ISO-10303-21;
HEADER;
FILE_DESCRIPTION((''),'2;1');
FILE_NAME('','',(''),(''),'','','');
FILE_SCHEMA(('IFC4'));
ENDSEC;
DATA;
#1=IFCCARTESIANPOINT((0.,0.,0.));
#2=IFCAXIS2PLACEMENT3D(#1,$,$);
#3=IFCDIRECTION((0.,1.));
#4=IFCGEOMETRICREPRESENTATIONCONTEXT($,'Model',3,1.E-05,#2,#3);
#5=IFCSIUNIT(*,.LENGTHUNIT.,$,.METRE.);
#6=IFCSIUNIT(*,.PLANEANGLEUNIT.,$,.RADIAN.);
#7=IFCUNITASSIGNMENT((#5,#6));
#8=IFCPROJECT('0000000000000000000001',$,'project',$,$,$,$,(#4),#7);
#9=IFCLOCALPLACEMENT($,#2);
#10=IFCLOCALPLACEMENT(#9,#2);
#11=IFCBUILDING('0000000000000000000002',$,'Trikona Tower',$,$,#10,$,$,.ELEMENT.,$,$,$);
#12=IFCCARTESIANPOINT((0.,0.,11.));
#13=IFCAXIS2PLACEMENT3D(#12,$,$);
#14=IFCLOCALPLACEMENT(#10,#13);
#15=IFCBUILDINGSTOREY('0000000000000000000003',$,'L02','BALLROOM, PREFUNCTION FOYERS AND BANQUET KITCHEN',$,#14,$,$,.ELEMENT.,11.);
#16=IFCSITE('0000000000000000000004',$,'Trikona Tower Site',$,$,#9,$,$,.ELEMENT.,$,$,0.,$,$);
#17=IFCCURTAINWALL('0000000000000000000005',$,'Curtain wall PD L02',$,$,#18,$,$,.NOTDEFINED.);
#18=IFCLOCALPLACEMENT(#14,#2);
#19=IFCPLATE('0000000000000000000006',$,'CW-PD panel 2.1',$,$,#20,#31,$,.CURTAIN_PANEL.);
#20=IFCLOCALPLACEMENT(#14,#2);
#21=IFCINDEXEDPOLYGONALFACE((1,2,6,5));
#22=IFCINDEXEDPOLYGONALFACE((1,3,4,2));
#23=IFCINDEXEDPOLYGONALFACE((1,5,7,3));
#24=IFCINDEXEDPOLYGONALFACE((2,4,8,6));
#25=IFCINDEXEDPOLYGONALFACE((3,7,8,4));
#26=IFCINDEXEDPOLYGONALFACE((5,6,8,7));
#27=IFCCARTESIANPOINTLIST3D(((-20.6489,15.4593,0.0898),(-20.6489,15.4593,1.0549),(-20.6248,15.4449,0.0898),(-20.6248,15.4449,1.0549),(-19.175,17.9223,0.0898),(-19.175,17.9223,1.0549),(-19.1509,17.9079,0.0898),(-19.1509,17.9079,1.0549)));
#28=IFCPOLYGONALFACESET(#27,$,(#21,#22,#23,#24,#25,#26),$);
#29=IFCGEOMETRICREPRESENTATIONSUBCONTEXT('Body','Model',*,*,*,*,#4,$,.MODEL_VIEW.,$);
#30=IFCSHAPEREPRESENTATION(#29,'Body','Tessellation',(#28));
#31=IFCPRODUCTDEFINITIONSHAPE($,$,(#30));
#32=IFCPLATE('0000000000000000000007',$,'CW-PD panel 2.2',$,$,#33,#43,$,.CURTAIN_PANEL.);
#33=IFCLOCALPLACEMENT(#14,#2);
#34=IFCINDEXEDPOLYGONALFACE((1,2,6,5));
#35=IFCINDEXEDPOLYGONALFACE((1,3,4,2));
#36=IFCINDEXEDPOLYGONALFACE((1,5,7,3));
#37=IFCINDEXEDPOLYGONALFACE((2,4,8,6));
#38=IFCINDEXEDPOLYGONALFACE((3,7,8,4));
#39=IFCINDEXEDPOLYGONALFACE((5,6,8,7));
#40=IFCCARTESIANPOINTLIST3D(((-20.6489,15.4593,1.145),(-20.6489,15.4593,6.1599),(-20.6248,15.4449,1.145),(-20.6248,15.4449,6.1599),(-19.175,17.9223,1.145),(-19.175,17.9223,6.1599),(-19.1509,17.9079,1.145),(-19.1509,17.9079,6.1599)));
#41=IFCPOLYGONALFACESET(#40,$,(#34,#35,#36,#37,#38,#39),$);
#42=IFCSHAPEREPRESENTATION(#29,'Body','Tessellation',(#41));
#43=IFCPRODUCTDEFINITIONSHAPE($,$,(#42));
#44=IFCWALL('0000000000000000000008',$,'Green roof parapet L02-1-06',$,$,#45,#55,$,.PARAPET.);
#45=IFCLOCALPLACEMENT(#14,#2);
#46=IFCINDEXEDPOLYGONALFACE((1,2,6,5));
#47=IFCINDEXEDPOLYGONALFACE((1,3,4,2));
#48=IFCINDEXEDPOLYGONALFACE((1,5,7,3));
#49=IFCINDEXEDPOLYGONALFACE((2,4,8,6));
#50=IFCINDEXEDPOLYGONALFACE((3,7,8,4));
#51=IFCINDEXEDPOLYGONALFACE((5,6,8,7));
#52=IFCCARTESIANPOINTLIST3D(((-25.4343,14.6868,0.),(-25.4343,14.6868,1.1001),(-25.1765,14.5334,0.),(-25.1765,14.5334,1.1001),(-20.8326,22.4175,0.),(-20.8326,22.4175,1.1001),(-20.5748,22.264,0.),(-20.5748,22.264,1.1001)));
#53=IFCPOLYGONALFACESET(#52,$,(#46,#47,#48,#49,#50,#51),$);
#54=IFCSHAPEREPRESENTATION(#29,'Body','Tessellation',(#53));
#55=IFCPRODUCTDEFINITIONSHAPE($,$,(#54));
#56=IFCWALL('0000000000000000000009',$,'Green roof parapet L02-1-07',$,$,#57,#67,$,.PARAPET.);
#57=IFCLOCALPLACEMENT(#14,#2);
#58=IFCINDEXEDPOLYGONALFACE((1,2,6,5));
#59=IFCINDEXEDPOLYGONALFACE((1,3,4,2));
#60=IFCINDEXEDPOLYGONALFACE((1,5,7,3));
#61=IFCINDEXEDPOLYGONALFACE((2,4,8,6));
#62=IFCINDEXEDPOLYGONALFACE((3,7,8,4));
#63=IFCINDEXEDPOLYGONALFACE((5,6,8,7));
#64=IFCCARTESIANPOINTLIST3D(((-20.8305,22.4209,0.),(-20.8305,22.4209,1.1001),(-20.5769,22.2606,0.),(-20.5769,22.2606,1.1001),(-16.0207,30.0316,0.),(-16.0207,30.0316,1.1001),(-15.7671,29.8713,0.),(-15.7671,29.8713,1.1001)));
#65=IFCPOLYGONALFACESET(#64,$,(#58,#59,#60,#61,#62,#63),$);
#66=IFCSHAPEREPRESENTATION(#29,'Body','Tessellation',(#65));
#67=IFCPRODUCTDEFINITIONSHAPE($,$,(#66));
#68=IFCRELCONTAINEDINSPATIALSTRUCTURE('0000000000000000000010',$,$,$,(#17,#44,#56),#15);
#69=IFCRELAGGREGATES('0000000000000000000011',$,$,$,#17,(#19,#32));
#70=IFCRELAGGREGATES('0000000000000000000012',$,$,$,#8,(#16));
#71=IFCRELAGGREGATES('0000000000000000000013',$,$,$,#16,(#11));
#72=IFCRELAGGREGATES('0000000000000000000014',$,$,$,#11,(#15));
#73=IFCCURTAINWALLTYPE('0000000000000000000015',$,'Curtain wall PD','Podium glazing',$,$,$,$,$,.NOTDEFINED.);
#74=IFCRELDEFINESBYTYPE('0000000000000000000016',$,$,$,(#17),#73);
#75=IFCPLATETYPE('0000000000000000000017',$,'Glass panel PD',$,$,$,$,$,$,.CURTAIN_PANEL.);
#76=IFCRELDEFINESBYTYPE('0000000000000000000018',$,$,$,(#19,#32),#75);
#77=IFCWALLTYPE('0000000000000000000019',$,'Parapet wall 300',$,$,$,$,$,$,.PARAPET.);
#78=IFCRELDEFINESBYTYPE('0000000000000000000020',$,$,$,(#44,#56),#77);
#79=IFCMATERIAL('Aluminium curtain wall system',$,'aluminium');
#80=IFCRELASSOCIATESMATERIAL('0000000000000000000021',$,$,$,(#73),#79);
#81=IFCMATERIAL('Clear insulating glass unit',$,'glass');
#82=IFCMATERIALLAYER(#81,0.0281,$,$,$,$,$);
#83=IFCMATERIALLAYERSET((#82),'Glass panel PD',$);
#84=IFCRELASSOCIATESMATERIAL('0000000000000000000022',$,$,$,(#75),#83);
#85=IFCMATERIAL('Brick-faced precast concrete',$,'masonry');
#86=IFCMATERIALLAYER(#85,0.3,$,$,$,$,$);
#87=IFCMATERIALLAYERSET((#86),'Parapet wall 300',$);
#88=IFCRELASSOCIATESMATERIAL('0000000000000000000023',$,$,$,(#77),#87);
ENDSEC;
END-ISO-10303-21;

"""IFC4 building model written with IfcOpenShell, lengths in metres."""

from ifc_helpers import new_model, si_unit, direction, frame, frame_2d, origin, origin_2d, place, context, subcontext, project, spatial, rectangle, extrude, material, layer, layer_set, type_object, element, aggregate, save


model = new_model("IFC4")

# Units and contexts
model_context = context("Model", 3, precision=1e-05, world=origin(), true_north=direction((0.0, 1.0)))
body_context = subcontext(model_context, "Body", "Model", "MODEL_VIEW")
ifc_project = project(units=[si_unit("LENGTHUNIT", "METRE"), si_unit("PLANEANGLEUNIT", "RADIAN")], contexts=[model_context])

# Site, building, storey
site_placement = place(None, origin())
site = spatial("IfcSite", under=ifc_project, at=site_placement, Name="Trikona Tower Site", CompositionType="ELEMENT", RefElevation=0.0)
building_placement = place(site_placement, origin())
building = spatial("IfcBuilding", under=site, at=building_placement, Name="Trikona Tower", CompositionType="ELEMENT")
storey_placement = place(building_placement, frame((0.0, 0.0, 11.0)))
storey = spatial("IfcBuildingStorey", under=building, at=storey_placement, Name="L02", Description="BALLROOM, PREFUNCTION FOYERS AND BANQUET KITCHEN", CompositionType="ELEMENT", Elevation=11.0)

# Curtain wall, plates
ifc_material_1 = material(Name="Aluminium curtain wall system", Category="aluminium")
curtain_wall_type = type_object("IfcCurtainWallType", Name="Curtain wall PD", Description="Podium glazing", PredefinedType="NOTDEFINED", material=ifc_material_1)
curtain_wall_placement = place(storey_placement, origin())
curtain_wall = element("IfcCurtainWall", 1, at=curtain_wall_placement, inside=storey, type_object=curtain_wall_type, Name="Curtain wall PD L02", PredefinedType="NOTDEFINED")
ifc_material_2 = material(Name="Clear insulating glass unit", Category="glass")
ifc_layer_1 = layer(ifc_material_2, 0.0281)
ifc_layer_set_1 = layer_set([ifc_layer_1], Name="Glass panel PD")
plate_type = type_object("IfcPlateType", Name="Glass panel PD", PredefinedType="CURTAIN_PANEL", material=ifc_layer_set_1)
plate_1_placement = place(storey_placement, frame((-19.8999, 16.6836, 0.0898), z_axis=(0.0, 0.0, 1.0), x_axis=(-0.51349, -0.858095, 0.0)))
plate_1 = element("IfcPlate", 2, at=plate_1_placement, type_object=plate_type, Name="CW-PD panel 2.1", PredefinedType="CURTAIN_PANEL", context=body_context, shape_type="SweptSolid", body=[
    extrude(rectangle(XDim=2.8704, YDim=0.0281, at=origin_2d()), origin(), (0.0, 0.0, 1.0), 0.9651),
])
plate_2_placement = place(storey_placement, frame((-19.8999, 16.6836, 1.145), z_axis=(0.0, 0.0, 1.0), x_axis=(-0.51349, -0.858095, 0.0)))
plate_2 = element("IfcPlate", 3, at=plate_2_placement, type_object=plate_type, Name="CW-PD panel 2.2", PredefinedType="CURTAIN_PANEL", context=body_context, shape_type="SweptSolid", body=[
    extrude(rectangle(XDim=2.8704, YDim=0.0281, at=origin_2d()), origin(), (0.0, 0.0, 1.0), 5.0149),
])
aggregate(curtain_wall, [plate_1, plate_2])

# Walls
ifc_material_3 = material(Name="Brick-faced precast concrete", Category="masonry")
ifc_layer_2 = layer(ifc_material_3, 0.3)
ifc_layer_set_2 = layer_set([ifc_layer_2], Name="Parapet wall 300")
wall_type = type_object("IfcWallType", Name="Parapet wall 300", PredefinedType="PARAPET", material=ifc_layer_set_2)
wall_1_placement = place(storey_placement, frame((-25.3054, 14.6101, 0.0), z_axis=(0.0, 0.0, 1.0), x_axis=(0.5115, 0.859284, 0.0)))
element("IfcWall", 4, at=wall_1_placement, inside=storey, type_object=wall_type, Name="Green roof parapet L02-1-06", PredefinedType="PARAPET", context=body_context, shape_type="SweptSolid", body=[
    extrude(rectangle(XDim=8.9966, YDim=0.3, at=frame_2d((4.4983, 0.0))), origin(), (0.0, 0.0, 1.0), 1.1001),
])
wall_2_placement = place(storey_placement, frame((-20.7036, 22.3408, 0.0), z_axis=(0.0, 0.0, 1.0), x_axis=(0.534229, 0.84534, 0.0)))
element("IfcWall", 5, at=wall_2_placement, inside=storey, type_object=wall_type, Name="Green roof parapet L02-1-07", PredefinedType="PARAPET", context=body_context, shape_type="SweptSolid", body=[
    extrude(rectangle(XDim=9.0032, YDim=0.3, at=frame_2d((4.5015, 0.0))), origin(), (0.0, 0.0, 1.0), 1.1001),
])

save(model, "model.ifc")
